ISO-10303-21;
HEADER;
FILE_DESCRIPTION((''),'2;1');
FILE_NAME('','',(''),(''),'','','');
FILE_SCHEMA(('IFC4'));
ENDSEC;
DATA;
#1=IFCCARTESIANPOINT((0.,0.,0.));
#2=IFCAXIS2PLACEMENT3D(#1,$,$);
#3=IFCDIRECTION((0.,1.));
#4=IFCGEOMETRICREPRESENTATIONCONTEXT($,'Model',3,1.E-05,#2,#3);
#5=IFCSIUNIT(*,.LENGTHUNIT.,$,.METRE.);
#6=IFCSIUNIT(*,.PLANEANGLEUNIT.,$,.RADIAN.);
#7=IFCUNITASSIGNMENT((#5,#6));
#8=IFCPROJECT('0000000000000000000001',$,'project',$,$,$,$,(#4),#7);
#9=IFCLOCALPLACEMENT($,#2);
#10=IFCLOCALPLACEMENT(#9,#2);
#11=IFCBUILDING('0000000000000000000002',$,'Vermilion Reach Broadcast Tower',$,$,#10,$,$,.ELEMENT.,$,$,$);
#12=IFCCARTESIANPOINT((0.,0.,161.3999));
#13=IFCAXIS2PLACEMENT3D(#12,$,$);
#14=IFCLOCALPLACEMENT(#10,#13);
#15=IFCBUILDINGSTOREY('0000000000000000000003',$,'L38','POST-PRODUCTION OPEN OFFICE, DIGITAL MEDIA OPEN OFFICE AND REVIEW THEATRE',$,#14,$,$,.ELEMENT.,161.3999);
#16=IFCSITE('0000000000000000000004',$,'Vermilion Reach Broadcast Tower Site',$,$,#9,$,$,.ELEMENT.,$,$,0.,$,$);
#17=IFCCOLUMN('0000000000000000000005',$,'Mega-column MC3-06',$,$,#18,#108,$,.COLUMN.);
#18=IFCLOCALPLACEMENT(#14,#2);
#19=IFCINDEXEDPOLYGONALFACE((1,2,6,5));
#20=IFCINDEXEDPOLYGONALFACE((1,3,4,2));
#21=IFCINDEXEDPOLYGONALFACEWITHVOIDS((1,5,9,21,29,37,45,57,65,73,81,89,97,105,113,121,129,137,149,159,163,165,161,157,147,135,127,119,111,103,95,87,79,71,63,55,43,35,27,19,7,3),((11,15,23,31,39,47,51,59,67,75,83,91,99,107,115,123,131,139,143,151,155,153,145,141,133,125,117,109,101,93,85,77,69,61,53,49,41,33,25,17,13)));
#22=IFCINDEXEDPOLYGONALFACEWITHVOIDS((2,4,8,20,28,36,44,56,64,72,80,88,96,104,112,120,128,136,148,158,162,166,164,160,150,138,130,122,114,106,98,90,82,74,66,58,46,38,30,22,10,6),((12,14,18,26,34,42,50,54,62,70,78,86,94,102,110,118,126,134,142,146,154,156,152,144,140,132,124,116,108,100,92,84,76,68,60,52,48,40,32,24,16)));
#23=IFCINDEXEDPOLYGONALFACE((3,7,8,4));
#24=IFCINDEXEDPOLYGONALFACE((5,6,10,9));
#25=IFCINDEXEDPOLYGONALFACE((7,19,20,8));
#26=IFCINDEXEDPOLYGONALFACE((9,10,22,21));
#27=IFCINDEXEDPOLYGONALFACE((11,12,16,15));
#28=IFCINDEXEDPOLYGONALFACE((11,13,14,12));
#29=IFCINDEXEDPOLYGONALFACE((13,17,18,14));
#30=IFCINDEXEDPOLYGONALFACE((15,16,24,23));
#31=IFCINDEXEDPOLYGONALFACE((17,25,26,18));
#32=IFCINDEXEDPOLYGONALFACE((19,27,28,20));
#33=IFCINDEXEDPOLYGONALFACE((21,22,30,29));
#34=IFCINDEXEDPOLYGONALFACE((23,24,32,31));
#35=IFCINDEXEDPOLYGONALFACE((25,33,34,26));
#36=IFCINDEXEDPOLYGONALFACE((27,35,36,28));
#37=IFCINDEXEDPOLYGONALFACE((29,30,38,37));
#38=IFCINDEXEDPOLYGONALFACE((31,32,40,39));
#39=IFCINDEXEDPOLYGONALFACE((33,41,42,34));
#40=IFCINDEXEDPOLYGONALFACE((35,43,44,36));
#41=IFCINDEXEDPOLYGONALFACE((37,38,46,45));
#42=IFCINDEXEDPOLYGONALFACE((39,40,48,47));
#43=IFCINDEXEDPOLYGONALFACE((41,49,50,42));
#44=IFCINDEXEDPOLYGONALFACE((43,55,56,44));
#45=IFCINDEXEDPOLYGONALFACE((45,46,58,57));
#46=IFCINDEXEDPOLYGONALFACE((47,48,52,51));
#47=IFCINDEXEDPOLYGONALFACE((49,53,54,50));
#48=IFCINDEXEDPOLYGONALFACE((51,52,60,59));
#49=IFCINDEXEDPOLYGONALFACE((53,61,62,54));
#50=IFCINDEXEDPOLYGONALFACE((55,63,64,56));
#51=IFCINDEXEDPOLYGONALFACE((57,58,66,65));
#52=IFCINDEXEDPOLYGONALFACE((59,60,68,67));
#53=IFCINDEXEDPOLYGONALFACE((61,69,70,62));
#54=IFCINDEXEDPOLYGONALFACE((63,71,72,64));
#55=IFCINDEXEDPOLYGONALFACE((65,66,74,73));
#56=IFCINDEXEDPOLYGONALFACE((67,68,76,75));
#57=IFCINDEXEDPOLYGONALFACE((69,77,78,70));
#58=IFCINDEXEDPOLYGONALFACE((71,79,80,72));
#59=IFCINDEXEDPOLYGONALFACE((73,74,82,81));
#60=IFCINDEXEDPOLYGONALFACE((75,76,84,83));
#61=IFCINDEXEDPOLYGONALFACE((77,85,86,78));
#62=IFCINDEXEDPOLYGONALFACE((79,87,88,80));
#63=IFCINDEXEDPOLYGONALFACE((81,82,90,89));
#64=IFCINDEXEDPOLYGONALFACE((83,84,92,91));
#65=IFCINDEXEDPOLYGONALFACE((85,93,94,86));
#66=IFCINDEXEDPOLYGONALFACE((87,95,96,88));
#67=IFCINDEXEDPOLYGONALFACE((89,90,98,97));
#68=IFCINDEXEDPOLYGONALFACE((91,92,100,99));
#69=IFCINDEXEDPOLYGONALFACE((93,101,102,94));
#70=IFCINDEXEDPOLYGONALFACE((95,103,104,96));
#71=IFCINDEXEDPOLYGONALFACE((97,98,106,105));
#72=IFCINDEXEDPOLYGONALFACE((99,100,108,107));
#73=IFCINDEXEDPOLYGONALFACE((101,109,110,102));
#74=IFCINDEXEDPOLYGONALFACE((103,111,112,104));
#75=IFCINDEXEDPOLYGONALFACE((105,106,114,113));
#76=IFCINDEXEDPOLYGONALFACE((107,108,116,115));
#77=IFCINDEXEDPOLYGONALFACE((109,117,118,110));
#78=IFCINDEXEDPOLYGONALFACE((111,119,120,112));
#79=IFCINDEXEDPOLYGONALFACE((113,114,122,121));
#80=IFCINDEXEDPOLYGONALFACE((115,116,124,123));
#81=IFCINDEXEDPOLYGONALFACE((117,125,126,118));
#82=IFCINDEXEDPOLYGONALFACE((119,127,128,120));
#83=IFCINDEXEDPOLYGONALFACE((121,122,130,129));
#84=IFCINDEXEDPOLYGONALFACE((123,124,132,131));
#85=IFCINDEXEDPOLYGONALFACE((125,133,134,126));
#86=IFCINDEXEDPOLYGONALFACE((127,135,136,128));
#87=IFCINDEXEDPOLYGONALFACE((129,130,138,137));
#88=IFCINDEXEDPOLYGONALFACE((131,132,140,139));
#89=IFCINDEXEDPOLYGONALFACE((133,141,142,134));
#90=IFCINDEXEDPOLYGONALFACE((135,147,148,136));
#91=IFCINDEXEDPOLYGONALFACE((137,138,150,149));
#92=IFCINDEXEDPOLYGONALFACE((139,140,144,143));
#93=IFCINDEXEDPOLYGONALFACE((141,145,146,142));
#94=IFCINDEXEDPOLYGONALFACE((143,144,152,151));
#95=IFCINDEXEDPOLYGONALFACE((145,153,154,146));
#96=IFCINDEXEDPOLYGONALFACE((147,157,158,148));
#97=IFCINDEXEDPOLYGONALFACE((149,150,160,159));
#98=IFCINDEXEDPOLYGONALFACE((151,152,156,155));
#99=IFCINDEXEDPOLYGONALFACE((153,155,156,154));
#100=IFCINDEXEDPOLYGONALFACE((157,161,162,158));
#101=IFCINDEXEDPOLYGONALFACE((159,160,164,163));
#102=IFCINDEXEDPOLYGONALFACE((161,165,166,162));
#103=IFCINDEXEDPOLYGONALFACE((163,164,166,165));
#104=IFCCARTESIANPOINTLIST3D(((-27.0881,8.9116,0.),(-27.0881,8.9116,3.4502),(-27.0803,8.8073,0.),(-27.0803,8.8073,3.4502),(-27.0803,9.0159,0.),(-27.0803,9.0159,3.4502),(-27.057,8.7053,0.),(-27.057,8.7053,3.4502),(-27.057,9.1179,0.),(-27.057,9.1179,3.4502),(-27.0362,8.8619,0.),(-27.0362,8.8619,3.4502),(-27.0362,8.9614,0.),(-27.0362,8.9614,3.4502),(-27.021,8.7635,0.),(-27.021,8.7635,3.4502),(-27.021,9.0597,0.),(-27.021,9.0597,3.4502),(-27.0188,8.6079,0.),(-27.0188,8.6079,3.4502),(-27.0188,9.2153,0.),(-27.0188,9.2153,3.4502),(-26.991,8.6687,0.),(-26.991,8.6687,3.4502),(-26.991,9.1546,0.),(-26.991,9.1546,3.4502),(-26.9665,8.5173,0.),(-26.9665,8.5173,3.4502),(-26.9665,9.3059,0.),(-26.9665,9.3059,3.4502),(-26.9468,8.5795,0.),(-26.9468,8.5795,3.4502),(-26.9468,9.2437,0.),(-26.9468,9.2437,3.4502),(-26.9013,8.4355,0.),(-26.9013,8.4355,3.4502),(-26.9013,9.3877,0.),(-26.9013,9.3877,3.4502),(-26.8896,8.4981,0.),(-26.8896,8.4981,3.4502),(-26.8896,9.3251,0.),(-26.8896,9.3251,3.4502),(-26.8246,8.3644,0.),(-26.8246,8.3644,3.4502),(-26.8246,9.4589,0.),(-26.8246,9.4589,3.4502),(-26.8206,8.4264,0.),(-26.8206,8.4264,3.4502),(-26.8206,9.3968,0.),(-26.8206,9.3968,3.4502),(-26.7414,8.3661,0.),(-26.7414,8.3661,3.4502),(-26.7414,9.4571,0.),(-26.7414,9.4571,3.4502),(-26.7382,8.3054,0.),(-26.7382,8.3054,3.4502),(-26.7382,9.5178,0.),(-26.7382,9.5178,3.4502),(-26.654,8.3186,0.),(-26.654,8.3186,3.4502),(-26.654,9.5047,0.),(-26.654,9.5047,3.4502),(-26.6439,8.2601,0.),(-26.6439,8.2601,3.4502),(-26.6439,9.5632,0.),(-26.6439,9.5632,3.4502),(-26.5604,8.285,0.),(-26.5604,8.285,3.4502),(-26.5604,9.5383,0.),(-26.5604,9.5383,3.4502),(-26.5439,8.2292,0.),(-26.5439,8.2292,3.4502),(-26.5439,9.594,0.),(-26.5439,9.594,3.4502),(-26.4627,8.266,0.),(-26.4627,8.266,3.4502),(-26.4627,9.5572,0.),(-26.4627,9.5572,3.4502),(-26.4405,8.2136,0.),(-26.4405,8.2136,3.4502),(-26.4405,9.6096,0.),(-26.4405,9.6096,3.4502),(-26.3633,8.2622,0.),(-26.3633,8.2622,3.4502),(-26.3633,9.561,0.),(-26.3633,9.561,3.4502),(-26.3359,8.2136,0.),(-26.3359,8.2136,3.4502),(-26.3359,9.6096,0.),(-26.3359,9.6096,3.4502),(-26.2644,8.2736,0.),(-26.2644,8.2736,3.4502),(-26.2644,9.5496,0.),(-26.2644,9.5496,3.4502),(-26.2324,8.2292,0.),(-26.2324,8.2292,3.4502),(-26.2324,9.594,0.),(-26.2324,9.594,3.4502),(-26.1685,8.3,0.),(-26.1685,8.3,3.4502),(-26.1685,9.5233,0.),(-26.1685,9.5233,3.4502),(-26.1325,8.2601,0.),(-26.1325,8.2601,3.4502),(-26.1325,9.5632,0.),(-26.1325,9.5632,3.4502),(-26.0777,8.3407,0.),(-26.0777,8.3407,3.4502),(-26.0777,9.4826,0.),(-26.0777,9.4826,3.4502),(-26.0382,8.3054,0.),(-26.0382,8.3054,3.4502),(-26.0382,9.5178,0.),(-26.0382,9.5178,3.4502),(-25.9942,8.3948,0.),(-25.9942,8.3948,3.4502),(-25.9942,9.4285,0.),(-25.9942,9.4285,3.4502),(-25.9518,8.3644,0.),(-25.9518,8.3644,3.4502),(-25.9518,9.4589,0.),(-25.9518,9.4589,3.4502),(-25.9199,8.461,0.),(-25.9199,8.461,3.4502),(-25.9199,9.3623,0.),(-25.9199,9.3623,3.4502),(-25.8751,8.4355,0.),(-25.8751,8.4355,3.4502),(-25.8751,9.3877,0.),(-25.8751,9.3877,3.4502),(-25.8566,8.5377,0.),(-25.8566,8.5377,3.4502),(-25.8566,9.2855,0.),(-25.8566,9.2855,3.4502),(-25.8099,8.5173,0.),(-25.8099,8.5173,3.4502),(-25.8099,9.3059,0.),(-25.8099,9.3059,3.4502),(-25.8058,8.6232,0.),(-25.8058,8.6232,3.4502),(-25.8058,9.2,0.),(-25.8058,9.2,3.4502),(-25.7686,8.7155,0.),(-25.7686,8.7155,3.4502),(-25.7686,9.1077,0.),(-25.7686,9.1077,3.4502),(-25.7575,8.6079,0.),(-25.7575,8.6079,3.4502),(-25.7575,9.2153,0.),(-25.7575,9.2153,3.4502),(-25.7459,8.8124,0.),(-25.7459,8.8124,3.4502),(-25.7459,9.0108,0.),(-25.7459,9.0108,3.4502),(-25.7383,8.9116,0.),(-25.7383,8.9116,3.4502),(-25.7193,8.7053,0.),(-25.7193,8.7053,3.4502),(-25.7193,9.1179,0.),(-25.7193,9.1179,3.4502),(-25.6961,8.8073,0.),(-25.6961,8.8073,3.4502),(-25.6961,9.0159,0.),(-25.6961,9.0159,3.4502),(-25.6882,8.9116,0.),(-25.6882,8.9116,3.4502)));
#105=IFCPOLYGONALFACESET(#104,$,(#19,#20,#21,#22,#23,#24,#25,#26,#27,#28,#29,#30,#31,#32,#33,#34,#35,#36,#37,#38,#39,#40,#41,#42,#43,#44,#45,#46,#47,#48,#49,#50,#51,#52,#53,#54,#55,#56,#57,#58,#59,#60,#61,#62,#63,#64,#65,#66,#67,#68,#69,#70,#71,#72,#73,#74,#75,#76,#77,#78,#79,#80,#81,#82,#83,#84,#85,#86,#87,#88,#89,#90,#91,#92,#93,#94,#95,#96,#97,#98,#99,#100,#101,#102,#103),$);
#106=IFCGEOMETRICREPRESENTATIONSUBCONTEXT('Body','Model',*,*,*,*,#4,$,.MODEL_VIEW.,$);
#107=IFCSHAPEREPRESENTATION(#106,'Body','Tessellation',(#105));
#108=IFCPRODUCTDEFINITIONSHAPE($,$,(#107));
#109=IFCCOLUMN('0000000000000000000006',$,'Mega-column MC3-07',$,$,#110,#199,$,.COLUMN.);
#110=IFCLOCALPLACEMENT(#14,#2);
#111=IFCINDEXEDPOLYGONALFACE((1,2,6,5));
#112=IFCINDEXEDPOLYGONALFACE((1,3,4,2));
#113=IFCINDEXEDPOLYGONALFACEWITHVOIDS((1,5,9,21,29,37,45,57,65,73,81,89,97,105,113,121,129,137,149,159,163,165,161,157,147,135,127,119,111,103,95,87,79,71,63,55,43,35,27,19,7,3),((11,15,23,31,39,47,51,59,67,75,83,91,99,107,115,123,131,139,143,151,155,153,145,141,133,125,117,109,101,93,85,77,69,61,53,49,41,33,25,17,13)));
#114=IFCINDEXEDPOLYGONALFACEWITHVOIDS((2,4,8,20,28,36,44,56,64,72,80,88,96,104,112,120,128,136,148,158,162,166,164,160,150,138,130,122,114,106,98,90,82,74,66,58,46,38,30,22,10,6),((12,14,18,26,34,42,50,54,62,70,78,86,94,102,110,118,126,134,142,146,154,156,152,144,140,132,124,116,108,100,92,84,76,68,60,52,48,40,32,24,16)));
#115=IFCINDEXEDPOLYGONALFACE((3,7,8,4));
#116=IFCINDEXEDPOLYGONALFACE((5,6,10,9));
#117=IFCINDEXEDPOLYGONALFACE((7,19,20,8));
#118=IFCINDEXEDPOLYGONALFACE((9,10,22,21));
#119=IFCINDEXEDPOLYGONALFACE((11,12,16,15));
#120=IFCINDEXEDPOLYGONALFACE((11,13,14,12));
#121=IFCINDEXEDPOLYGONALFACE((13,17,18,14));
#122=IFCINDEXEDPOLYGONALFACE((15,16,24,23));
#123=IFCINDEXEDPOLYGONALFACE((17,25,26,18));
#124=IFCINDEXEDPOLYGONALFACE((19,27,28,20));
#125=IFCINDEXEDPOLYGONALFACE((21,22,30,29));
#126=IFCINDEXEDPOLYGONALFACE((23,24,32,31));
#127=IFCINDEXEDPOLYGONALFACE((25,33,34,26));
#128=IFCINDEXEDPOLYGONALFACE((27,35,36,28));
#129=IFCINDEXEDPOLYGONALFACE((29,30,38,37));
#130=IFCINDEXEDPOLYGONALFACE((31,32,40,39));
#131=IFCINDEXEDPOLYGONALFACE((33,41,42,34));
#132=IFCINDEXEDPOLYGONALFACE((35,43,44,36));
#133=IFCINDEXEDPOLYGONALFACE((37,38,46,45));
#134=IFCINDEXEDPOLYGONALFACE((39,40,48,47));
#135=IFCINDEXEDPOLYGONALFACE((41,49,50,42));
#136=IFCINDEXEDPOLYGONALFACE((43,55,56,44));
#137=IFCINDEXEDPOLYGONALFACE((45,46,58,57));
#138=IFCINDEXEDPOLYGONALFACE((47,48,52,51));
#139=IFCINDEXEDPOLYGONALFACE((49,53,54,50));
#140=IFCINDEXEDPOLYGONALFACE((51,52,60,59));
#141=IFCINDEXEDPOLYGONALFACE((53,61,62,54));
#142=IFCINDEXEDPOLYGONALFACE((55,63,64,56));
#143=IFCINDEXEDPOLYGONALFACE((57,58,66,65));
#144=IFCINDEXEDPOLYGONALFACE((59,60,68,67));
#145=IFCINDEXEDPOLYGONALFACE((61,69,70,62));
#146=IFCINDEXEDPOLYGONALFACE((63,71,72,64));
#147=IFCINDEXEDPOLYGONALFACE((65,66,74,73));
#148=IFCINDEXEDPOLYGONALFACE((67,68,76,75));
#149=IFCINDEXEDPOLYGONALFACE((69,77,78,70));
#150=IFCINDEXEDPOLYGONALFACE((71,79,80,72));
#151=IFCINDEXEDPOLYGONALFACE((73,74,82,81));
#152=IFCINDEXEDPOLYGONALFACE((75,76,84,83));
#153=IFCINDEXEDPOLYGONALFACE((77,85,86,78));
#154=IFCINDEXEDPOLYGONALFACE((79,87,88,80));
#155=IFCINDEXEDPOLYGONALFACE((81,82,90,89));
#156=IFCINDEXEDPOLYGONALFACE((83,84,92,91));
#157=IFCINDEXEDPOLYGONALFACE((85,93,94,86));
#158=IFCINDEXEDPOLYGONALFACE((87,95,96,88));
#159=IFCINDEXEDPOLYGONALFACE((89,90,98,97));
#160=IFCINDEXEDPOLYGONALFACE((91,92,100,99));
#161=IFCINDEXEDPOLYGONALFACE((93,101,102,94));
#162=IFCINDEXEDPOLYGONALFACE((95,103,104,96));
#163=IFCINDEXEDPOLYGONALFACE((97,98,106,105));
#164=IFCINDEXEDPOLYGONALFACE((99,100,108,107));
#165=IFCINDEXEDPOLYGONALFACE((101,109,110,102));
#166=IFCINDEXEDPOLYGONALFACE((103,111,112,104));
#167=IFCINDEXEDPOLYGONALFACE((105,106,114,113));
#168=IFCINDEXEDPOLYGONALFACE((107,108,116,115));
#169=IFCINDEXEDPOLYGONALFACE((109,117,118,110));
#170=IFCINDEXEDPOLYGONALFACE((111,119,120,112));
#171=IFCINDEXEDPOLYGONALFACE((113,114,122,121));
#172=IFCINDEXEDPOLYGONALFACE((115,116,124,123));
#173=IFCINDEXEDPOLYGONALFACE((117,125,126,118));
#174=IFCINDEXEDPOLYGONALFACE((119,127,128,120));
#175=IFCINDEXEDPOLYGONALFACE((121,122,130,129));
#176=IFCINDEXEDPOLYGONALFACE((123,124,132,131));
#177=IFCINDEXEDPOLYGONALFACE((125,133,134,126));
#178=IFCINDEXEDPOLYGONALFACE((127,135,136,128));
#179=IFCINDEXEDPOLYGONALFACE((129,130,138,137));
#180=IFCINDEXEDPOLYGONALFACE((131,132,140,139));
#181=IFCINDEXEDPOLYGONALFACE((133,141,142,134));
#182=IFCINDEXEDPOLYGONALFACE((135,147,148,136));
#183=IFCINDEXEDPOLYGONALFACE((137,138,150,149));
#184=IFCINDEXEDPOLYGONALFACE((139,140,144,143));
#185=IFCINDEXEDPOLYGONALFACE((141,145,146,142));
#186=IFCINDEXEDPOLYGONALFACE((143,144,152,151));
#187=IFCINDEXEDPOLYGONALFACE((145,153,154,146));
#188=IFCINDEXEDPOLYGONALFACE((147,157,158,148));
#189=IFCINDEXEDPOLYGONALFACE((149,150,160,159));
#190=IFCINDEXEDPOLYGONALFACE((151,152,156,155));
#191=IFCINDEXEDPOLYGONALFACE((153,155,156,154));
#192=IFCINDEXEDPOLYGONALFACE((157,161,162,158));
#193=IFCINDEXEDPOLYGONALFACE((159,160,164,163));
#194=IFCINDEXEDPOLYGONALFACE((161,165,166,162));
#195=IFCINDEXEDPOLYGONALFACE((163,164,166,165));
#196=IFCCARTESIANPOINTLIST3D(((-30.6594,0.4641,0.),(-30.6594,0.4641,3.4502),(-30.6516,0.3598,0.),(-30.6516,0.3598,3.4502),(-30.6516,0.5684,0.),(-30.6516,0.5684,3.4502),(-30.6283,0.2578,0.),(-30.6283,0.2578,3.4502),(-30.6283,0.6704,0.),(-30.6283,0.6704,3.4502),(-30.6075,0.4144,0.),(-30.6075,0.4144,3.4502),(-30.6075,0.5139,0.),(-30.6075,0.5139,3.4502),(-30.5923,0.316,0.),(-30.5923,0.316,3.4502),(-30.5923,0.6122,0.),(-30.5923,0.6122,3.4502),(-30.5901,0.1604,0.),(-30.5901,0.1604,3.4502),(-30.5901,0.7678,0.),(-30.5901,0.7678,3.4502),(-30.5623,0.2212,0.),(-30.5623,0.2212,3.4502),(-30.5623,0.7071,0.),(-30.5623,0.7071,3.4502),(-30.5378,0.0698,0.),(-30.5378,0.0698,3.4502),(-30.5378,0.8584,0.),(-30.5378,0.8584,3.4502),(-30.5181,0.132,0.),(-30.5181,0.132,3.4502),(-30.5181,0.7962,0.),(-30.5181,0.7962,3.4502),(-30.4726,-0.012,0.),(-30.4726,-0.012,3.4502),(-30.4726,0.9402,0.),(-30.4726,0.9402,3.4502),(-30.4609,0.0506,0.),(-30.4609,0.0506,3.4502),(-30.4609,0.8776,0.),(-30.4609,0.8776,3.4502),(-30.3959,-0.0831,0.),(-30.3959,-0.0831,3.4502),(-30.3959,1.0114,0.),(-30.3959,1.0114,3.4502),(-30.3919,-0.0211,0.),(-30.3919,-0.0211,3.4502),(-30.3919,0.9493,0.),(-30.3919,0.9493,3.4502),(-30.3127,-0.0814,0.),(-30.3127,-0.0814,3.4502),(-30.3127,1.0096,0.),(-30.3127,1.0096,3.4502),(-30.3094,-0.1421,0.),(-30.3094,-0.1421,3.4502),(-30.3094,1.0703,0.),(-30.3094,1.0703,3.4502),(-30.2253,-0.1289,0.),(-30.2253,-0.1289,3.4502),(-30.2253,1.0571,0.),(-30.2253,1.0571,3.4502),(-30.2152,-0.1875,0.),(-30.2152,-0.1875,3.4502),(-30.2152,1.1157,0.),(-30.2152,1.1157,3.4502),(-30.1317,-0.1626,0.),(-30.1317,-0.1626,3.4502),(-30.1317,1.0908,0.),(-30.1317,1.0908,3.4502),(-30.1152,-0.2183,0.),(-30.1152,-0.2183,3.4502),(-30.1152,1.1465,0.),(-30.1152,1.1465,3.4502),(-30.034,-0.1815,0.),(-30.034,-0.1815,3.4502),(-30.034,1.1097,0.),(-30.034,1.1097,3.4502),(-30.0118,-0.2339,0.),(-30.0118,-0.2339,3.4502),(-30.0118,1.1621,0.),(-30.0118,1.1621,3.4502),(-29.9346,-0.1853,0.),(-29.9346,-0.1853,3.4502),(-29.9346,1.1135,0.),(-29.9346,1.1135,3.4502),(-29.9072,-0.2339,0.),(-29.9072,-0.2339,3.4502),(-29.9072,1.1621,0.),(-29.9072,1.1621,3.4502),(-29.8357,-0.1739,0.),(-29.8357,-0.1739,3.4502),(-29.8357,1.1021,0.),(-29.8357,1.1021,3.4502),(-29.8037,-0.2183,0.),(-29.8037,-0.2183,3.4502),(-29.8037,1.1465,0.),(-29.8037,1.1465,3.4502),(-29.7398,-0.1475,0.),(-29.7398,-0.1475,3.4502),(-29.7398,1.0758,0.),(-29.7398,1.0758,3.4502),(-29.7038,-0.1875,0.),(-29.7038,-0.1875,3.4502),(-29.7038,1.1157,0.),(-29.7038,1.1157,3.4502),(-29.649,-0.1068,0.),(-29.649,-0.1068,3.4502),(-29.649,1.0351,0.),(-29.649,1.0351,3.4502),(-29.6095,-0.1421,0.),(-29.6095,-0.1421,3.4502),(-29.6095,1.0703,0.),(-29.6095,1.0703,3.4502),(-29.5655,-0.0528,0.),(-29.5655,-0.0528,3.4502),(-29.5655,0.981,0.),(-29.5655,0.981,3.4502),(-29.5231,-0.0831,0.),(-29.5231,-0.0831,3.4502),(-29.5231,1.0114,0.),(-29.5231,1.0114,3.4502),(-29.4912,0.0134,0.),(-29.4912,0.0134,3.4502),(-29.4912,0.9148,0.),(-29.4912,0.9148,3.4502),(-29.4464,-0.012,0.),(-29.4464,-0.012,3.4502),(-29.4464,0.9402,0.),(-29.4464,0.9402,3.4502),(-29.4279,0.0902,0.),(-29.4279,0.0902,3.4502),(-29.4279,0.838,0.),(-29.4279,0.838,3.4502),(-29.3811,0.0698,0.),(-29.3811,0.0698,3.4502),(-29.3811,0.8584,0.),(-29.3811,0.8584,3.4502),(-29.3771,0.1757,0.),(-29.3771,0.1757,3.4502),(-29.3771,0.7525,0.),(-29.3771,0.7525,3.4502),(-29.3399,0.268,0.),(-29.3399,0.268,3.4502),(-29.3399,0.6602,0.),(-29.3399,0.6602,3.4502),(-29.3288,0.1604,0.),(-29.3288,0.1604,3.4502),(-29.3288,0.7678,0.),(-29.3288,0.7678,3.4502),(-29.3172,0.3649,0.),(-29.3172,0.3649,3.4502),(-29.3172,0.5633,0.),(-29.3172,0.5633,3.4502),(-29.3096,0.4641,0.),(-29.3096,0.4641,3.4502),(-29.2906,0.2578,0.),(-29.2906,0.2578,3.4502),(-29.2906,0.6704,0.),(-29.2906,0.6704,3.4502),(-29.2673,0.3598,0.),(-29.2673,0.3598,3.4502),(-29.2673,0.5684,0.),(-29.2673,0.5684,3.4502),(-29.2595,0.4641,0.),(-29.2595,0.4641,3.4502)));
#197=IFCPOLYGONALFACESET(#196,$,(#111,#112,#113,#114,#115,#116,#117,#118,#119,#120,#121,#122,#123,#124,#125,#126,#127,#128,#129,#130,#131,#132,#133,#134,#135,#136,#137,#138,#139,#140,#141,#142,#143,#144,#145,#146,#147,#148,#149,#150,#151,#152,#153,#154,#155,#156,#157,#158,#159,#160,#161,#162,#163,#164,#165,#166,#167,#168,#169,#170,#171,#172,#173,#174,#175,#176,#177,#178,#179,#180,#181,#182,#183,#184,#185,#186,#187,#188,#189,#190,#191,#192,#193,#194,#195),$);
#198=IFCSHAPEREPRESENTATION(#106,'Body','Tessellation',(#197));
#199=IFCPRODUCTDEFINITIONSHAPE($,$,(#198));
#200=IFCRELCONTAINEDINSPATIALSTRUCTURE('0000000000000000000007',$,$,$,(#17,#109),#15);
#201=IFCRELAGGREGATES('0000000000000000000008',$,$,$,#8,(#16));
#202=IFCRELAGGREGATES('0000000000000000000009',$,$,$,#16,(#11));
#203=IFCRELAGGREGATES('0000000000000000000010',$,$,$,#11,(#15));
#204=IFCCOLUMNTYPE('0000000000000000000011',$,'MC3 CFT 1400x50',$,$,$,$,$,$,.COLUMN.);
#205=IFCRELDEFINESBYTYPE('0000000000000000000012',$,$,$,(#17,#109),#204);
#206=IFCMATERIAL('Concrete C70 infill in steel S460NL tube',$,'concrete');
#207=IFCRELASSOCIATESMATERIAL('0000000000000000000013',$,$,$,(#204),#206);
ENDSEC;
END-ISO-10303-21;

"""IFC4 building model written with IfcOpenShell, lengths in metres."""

from ifc_helpers import new_model, si_unit, direction, frame, origin, origin_2d, place, context, subcontext, project, spatial, hollow_circle, extrude, material, material_profile, profile_set, type_object, element, save


model = new_model("IFC4")

# Units and contexts
model_context = context("Model", 3, precision=1e-05, world=origin(), true_north=direction((0.0, 1.0)))
body_context = subcontext(model_context, "Body", "Model", "MODEL_VIEW")
ifc_project = project(units=[si_unit("LENGTHUNIT", "METRE"), si_unit("PLANEANGLEUNIT", "RADIAN")], contexts=[model_context])

# Site, building, storey
site_placement = place(None, origin())
site = spatial("IfcSite", under=ifc_project, at=site_placement, Name="Vermilion Reach Broadcast Tower Site", CompositionType="ELEMENT", RefElevation=0.0)
building_placement = place(site_placement, origin())
building = spatial("IfcBuilding", under=site, at=building_placement, Name="Vermilion Reach Broadcast Tower", CompositionType="ELEMENT")
storey_placement = place(building_placement, frame((0.0, 0.0, 161.3999)))
storey = spatial("IfcBuildingStorey", under=building, at=storey_placement, Name="L38", Description="POST-PRODUCTION OPEN OFFICE, DIGITAL MEDIA OPEN OFFICE AND REVIEW THEATRE", CompositionType="ELEMENT", Elevation=161.3999)

# Columns
ifc_material_1 = material(Name="Concrete C70 infill in steel S460NL tube", Category="concrete")
ifc_material_profile_1 = material_profile(ifc_material_1, hollow_circle(Radius=0.7, WallThickness=0.05, at=origin_2d()), Name="Concrete C70 infill in steel S460NL tube CFT 1400x50")
ifc_profile_set_1 = profile_set([ifc_material_profile_1], Name="Concrete C70 infill in steel S460NL tube")
column_type = type_object("IfcColumnType", Name="MC3 CFT 1400x50", PredefinedType="COLUMN", material=ifc_profile_set_1)
for number, where, z_axis, x_axis, name in (
    (1, (-26.3882, 8.9116, 0.0), (0.0, 0.0, 1.0), (1.0, 0.0, 0.0), "Mega-column MC3-06"),
    (2, (-29.9595, 0.4641, 0.0), (0.0, 0.0, 1.0), (1.0, 0.0, 0.0), "Mega-column MC3-07"),
):
    element("IfcColumn", number, at=place(storey_placement, frame(where, z_axis=z_axis, x_axis=x_axis)), inside=storey, type_object=column_type, Name=name, PredefinedType="COLUMN", context=body_context, shape_type="SweptSolid", body=[
        extrude(hollow_circle(Radius=0.7, WallThickness=0.05, at=origin_2d()), origin(), (0.0, 0.0, 1.0), 3.4502),
    ])

save(model, "model.ifc")
